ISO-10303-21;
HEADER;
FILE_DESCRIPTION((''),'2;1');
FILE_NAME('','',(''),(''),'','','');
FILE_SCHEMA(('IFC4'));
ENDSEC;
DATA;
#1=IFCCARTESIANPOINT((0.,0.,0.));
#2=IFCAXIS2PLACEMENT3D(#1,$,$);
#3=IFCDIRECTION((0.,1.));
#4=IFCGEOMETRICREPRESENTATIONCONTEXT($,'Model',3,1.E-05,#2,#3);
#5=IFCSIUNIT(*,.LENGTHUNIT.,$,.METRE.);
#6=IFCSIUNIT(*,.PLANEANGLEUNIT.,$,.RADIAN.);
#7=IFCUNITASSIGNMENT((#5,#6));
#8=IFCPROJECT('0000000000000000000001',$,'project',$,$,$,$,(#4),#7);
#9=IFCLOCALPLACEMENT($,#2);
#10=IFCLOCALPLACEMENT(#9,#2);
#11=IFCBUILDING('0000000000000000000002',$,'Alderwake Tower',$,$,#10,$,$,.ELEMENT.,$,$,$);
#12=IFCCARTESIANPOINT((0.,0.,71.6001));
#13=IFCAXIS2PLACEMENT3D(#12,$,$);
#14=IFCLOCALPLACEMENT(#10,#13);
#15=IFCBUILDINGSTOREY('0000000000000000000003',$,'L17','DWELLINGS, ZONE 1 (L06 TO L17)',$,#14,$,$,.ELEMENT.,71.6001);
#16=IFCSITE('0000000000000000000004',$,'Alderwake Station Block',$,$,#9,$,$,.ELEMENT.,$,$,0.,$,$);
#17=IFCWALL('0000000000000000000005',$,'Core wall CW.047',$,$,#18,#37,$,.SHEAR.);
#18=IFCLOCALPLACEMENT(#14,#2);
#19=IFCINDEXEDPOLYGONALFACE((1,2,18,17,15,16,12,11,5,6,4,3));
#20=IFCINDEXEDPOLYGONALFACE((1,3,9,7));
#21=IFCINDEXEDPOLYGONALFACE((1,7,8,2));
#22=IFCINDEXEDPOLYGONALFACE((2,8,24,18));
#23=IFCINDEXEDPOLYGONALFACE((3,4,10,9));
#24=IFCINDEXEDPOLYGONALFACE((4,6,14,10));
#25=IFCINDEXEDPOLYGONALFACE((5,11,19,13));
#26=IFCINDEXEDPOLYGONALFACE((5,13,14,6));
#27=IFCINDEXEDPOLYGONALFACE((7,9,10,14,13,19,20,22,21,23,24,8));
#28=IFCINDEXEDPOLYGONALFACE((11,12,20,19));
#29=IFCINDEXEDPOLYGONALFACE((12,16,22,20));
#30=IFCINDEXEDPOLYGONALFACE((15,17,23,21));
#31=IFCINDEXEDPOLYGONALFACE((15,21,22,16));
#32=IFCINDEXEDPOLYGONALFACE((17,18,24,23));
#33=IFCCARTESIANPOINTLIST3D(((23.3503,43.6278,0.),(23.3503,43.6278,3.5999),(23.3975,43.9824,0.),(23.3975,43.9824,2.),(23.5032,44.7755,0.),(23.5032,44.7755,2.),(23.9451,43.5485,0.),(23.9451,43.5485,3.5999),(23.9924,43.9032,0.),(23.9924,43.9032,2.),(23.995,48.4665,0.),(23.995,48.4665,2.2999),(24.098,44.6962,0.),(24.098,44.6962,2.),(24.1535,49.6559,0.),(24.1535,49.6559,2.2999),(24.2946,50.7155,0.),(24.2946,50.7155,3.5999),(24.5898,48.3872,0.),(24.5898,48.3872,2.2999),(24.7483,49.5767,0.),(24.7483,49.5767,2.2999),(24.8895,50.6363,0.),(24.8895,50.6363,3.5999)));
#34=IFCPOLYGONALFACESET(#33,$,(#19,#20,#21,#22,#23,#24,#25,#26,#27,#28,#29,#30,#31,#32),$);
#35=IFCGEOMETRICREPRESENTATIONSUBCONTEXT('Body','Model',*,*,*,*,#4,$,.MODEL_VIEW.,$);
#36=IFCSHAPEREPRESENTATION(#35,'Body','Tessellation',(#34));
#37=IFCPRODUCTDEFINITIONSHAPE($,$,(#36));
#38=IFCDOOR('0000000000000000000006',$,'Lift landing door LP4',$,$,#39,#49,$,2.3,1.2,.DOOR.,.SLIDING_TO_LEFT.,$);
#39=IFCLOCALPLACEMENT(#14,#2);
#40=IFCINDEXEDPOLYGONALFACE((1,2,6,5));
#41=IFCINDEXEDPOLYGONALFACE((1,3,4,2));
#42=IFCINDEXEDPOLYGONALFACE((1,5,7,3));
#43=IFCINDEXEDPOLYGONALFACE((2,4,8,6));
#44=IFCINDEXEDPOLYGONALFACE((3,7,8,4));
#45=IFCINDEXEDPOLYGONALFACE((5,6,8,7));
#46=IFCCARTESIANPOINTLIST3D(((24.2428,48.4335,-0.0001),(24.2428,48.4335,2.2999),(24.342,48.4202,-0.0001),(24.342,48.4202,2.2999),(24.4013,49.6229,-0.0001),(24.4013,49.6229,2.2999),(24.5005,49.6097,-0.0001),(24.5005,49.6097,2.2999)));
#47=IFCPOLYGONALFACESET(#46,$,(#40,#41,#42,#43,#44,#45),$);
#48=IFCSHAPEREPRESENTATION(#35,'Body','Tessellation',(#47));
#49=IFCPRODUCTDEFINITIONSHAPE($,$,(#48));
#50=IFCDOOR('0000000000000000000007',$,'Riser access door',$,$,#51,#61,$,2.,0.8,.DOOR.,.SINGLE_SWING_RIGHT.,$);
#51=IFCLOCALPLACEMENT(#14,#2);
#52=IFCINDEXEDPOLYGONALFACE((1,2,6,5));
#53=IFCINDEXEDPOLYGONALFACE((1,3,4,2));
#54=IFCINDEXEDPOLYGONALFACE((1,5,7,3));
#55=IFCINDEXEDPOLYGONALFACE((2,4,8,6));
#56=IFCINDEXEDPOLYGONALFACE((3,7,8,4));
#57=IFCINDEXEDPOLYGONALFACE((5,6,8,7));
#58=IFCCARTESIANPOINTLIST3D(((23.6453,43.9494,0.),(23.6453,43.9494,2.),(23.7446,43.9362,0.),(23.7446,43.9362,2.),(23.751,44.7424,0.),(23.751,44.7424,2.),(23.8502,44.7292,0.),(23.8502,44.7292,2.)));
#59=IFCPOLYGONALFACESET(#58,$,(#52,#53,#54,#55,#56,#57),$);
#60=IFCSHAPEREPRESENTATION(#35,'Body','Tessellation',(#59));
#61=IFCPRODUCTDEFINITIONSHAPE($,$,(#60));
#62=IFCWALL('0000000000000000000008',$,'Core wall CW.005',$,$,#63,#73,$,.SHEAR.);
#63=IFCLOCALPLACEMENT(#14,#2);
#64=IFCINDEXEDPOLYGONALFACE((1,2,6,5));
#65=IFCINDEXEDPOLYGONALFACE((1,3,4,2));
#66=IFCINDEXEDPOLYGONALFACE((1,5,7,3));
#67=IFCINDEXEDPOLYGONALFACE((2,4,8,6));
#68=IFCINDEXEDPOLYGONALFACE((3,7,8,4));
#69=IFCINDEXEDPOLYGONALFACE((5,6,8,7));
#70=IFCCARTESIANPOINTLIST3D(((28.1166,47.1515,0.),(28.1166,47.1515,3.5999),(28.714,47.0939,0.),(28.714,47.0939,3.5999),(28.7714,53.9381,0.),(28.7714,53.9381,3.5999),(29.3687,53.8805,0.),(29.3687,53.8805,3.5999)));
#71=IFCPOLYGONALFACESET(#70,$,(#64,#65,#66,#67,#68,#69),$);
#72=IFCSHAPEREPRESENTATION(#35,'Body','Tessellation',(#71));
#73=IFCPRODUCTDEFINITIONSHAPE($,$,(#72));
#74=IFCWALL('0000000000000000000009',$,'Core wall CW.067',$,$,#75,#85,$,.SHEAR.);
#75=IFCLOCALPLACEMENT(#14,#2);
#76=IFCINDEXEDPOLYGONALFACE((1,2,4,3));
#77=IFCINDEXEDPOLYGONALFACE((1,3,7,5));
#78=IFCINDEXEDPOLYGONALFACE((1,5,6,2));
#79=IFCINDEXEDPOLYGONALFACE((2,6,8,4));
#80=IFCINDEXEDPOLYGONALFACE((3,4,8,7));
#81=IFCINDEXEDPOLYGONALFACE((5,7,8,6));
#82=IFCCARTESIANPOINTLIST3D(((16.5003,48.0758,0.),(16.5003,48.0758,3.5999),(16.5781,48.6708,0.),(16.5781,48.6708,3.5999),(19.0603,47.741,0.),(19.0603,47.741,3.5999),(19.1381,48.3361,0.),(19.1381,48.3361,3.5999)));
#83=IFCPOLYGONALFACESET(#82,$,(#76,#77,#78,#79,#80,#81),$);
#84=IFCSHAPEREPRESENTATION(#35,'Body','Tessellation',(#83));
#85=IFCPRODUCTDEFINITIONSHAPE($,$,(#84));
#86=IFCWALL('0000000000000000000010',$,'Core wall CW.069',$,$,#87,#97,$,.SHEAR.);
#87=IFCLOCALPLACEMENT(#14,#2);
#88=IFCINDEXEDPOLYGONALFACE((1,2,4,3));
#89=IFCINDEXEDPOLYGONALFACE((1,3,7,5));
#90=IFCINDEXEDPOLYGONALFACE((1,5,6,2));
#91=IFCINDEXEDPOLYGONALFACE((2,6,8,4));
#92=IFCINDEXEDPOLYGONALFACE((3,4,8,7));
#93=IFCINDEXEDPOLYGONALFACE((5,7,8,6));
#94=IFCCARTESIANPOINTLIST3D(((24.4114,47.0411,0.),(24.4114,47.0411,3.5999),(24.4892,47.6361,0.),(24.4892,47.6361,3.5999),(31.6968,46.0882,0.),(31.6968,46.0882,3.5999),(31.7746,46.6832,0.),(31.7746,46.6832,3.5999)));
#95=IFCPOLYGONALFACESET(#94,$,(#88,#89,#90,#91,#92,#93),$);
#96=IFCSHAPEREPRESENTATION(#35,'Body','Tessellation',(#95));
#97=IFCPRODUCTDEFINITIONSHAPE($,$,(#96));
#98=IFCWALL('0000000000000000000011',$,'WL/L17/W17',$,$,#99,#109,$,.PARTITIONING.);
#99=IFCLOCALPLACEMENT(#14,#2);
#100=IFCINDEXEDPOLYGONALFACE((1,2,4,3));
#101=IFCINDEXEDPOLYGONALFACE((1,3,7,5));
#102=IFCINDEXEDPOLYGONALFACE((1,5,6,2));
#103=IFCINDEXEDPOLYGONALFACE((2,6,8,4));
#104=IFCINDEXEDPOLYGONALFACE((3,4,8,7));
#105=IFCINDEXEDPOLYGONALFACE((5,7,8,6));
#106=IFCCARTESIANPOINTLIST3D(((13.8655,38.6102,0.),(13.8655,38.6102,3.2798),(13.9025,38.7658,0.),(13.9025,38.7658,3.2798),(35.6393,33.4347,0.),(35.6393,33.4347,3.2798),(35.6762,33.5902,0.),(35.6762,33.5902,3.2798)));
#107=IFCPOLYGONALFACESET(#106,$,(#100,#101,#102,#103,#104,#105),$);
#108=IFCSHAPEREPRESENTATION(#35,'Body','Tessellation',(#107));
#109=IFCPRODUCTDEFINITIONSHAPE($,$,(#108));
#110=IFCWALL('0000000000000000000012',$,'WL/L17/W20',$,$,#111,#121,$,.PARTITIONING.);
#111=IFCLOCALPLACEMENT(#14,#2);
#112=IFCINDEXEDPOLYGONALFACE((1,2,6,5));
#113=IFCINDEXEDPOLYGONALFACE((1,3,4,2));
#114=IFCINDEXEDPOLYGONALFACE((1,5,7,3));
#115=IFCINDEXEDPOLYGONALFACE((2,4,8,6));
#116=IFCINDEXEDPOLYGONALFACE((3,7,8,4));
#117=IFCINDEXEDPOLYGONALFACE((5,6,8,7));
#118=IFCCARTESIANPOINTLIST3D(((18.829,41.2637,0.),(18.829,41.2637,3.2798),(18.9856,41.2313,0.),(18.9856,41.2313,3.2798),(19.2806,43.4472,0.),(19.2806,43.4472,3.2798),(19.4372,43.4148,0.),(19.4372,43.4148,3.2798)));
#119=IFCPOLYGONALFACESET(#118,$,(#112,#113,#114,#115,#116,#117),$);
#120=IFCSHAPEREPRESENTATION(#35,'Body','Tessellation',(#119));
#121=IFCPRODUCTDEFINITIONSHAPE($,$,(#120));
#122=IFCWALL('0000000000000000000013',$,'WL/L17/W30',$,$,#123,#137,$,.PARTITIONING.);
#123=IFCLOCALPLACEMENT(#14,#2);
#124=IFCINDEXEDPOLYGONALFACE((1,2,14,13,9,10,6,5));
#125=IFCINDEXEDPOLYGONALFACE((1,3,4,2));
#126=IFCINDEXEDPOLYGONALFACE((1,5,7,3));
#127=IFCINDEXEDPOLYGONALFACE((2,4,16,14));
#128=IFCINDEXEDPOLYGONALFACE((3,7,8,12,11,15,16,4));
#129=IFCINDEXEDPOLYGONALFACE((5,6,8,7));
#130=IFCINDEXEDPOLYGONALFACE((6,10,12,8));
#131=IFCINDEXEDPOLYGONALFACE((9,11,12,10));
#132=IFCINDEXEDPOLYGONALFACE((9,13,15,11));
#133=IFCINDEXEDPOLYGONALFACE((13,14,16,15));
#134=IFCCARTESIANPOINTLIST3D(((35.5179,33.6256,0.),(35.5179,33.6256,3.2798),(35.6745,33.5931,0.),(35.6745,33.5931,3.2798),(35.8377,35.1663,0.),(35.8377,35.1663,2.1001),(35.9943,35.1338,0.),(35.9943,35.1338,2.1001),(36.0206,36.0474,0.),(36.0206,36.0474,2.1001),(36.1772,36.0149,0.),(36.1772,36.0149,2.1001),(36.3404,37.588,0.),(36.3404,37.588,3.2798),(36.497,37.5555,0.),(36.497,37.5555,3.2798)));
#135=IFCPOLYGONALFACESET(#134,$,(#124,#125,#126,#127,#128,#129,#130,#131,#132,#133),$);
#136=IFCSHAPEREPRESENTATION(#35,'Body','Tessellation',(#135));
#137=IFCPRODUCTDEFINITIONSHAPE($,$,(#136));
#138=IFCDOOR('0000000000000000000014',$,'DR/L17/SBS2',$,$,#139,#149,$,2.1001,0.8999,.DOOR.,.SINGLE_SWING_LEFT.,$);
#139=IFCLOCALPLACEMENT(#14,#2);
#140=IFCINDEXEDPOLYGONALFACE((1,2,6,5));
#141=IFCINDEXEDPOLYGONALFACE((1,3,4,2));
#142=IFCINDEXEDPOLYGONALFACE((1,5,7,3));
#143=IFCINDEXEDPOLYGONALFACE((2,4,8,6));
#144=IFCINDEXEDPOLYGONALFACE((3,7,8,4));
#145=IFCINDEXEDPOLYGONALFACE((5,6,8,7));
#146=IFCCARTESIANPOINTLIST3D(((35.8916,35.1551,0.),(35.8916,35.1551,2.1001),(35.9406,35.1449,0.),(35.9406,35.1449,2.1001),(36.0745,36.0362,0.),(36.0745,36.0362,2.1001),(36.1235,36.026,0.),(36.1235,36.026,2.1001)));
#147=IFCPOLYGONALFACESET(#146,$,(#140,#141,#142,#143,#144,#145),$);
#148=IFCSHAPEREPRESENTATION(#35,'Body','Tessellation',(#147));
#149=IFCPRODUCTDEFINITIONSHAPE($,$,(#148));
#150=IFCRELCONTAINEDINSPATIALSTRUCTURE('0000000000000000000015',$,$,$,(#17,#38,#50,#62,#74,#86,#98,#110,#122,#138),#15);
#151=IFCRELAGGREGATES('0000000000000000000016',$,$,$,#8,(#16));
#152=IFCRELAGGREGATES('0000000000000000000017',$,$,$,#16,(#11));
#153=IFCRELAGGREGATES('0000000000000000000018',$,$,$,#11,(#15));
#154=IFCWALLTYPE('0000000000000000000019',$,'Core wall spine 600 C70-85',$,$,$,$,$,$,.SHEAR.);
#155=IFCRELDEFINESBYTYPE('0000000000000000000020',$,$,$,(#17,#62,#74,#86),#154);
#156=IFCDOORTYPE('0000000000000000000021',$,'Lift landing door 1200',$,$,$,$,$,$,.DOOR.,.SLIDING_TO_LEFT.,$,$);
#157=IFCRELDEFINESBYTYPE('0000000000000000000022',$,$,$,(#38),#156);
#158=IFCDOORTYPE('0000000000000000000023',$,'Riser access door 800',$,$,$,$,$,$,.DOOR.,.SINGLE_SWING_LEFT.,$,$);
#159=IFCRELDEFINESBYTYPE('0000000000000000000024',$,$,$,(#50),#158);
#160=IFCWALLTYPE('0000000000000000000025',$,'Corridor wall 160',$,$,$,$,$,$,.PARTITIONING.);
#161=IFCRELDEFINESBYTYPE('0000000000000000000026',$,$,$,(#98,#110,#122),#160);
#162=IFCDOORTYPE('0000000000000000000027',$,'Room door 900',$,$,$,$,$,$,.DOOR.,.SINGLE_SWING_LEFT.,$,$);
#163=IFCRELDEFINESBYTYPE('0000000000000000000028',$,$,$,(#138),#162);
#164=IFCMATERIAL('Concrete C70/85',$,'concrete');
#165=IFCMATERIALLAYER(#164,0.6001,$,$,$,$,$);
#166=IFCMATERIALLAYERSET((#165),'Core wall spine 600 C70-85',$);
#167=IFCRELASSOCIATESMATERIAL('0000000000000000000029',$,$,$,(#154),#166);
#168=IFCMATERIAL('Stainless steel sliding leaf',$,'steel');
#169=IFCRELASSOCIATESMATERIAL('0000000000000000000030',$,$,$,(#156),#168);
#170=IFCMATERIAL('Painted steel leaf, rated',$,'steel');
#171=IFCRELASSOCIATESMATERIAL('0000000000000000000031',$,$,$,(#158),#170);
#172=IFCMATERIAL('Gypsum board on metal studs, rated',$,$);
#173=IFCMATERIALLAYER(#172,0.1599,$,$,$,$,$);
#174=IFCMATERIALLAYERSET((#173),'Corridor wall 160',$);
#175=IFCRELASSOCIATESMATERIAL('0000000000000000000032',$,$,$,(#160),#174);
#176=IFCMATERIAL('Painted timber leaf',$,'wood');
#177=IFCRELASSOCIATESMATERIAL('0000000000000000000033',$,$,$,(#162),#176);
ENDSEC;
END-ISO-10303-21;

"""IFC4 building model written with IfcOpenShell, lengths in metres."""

from ifc_helpers import new_model, si_unit, direction, frame, frame_2d, origin, place, context, subcontext, project, spatial, rectangle, extrude, material, layer, layer_set, type_object, element, fill, save


model = new_model("IFC4")

# Units and contexts
model_context = context("Model", 3, precision=1e-05, world=origin(), true_north=direction((0.0, 1.0)))
body_context = subcontext(model_context, "Body", "Model", "MODEL_VIEW")
ifc_project = project(units=[si_unit("LENGTHUNIT", "METRE"), si_unit("PLANEANGLEUNIT", "RADIAN")], contexts=[model_context])

# Site, building, storey
site_placement = place(None, origin())
site = spatial("IfcSite", under=ifc_project, at=site_placement, Name="Alderwake Station Block", CompositionType="ELEMENT", RefElevation=0.0)
building_placement = place(site_placement, origin())
building = spatial("IfcBuilding", under=site, at=building_placement, Name="Alderwake Tower", CompositionType="ELEMENT")
storey_placement = place(building_placement, frame((0.0, 0.0, 71.6001)))
storey = spatial("IfcBuildingStorey", under=building, at=storey_placement, Name="L17", Description="DWELLINGS, ZONE 1 (L06 TO L17)", CompositionType="ELEMENT", Elevation=71.6001)

# Wall, openings, doors
ifc_material_1 = material(Name="Concrete C70/85", Category="concrete")
ifc_layer_1 = layer(ifc_material_1, 0.6001)
ifc_layer_set_1 = layer_set([ifc_layer_1], Name="Core wall spine 600 C70-85")
wall_type_1 = type_object("IfcWallType", Name="Core wall spine 600 C70-85", PredefinedType="SHEAR", material=ifc_layer_set_1)
wall_1_placement = place(storey_placement, frame((23.6477, 43.5881, 0.0), z_axis=(0.0, 0.0, 1.0), x_axis=(0.13207, 0.99124, 0.0)))
wall_1 = element("IfcWall", 1, at=wall_1_placement, inside=storey, type_object=wall_type_1, Name="Core wall CW.047", PredefinedType="SHEAR", context=body_context, shape_type="SweptSolid", body=[
    extrude(rectangle(XDim=7.1504, YDim=0.6001, at=frame_2d((3.5752, 0.0))), origin(), (0.0, 0.0, 1.0), 3.5999),
])
opening_1_placement = place(wall_1_placement, frame((4.8813, 0.0, 0.0)))
opening_1 = element("IfcOpeningElement", 2, at=opening_1_placement, cuts=wall_1, PredefinedType="OPENING", context=body_context, shape_type="SweptSolid", body=[
    extrude(rectangle(XDim=1.2, YDim=2.3, at=frame_2d((0.6001, 1.1499))), frame((0.0, 0.3101, 0.0), z_axis=(0.0, -1.0, 0.0), x_axis=(1.0, 0.0, 0.0)), (0.0, 0.0, 1.0), 0.6201),
])
opening_2_placement = place(wall_1_placement, frame((0.3579, 0.0, 0.0)))
opening_2 = element("IfcOpeningElement", 3, at=opening_2_placement, cuts=wall_1, PredefinedType="OPENING", context=body_context, shape_type="SweptSolid", body=[
    extrude(rectangle(XDim=0.8, YDim=2.0, at=frame_2d((0.3999, 1.0))), frame((0.0, 0.3101, 0.0), z_axis=(0.0, -1.0, 0.0), x_axis=(1.0, 0.0, 0.0)), (0.0, 0.0, 1.0), 0.6201),
])
ifc_material_2 = material(Name="Stainless steel sliding leaf", Category="steel")
door_type_1 = type_object("IfcDoorType", Name="Lift landing door 1200", OperationType="SLIDING_TO_LEFT", PredefinedType="DOOR", material=ifc_material_2)
door_1_placement = place(opening_1_placement, origin())
door_1 = element("IfcDoor", 4, at=door_1_placement, inside=storey, type_object=door_type_1, Name="Lift landing door LP4", OperationType="SLIDING_TO_LEFT", OverallHeight=2.3, OverallWidth=1.2, PredefinedType="DOOR", context=body_context, shape_type="SweptSolid", body=[
    extrude(rectangle(XDim=1.2, YDim=2.3, at=frame_2d((0.6001, 1.1499))), frame((0.0, 0.05, 0.0), z_axis=(0.0, -1.0, 0.0), x_axis=(1.0, 0.0, 0.0)), (0.0, 0.0, 1.0), 0.1001),
])
fill(opening_1, door_1)
ifc_material_3 = material(Name="Painted steel leaf, rated", Category="steel")
door_type_2 = type_object("IfcDoorType", Name="Riser access door 800", OperationType="SINGLE_SWING_LEFT", PredefinedType="DOOR", material=ifc_material_3)
door_2_placement = place(opening_2_placement, origin())
door_2 = element("IfcDoor", 5, at=door_2_placement, inside=storey, type_object=door_type_2, Name="Riser access door", OperationType="SINGLE_SWING_RIGHT", OverallHeight=2.0, OverallWidth=0.8, PredefinedType="DOOR", context=body_context, shape_type="SweptSolid", body=[
    extrude(rectangle(XDim=0.8, YDim=2.0, at=frame_2d((0.3999, 1.0))), frame((0.0, 0.05, 0.0), z_axis=(0.0, -1.0, 0.0), x_axis=(1.0, 0.0, 0.0)), (0.0, 0.0, 1.0), 0.1001),
])
fill(opening_2, door_2)

# Walls
wall_2_placement = place(storey_placement, frame((28.4153, 47.1226, 0.0), z_axis=(0.0, 0.0, 1.0), x_axis=(0.096036, 0.995378, 0.0)))
element("IfcWall", 6, at=wall_2_placement, inside=storey, type_object=wall_type_1, Name="Core wall CW.005", PredefinedType="SHEAR", context=body_context, shape_type="SweptSolid", body=[
    extrude(rectangle(XDim=6.8181, YDim=0.6001, at=frame_2d((3.4092, 0.0))), origin(), (0.0, 0.0, 1.0), 3.5999),
])
wall_3_placement = place(storey_placement, frame((16.5391, 48.3733, 0.0), z_axis=(0.0, 0.0, 1.0), x_axis=(0.991561, -0.129642, 0.0)))
element("IfcWall", 7, at=wall_3_placement, inside=storey, type_object=wall_type_1, Name="Core wall CW.067", PredefinedType="SHEAR", context=body_context, shape_type="SweptSolid", body=[
    extrude(rectangle(XDim=2.5818, YDim=0.6001, at=frame_2d((1.291, 0.0))), origin(), (0.0, 0.0, 1.0), 3.5999),
])
wall_4_placement = place(storey_placement, frame((24.4502, 47.3386, 0.0), z_axis=(0.0, 0.0, 1.0), x_axis=(0.991555, -0.129689, 0.0)))
element("IfcWall", 8, at=wall_4_placement, inside=storey, type_object=wall_type_1, Name="Core wall CW.069", PredefinedType="SHEAR", context=body_context, shape_type="SweptSolid", body=[
    extrude(rectangle(XDim=7.3474, YDim=0.6001, at=frame_2d((3.6738, 0.0))), origin(), (0.0, 0.0, 1.0), 3.5999),
])
ifc_material_4 = material(Name="Gypsum board on metal studs, rated")
ifc_layer_2 = layer(ifc_material_4, 0.1599)
ifc_layer_set_2 = layer_set([ifc_layer_2], Name="Corridor wall 160")
wall_type_2 = type_object("IfcWallType", Name="Corridor wall 160", PredefinedType="PARTITIONING", material=ifc_layer_set_2)
wall_5_placement = place(storey_placement, frame((13.884, 38.688, 0.0), z_axis=(0.0, 0.0, 1.0), x_axis=(0.972893, -0.231254, 0.0)))
element("IfcWall", 9, at=wall_5_placement, inside=storey, type_object=wall_type_2, Name="WL/L17/W17", PredefinedType="PARTITIONING", context=body_context, shape_type="SweptSolid", body=[
    extrude(rectangle(XDim=22.3804, YDim=0.1599, at=frame_2d((11.1902, 0.0))), origin(), (0.0, 0.0, 1.0), 3.2798),
])
wall_6_placement = place(storey_placement, frame((19.3589, 43.4309, 0.0), z_axis=(0.0, 0.0, 1.0), x_axis=(-0.202555, -0.979271, 0.0)))
element("IfcWall", 10, at=wall_6_placement, inside=storey, type_object=wall_type_2, Name="WL/L17/W20", PredefinedType="PARTITIONING", context=body_context, shape_type="SweptSolid", body=[
    extrude(rectangle(XDim=2.2297, YDim=0.1599, at=frame_2d((1.1147, 0.0))), origin(), (0.0, 0.0, 1.0), 3.2798),
])

# Wall, opening, door
wall_7_placement = place(storey_placement, frame((35.5962, 33.6094, 0.0), z_axis=(0.0, 0.0, 1.0), x_axis=(0.203246, 0.979128, 0.0)))
wall_7 = element("IfcWall", 11, at=wall_7_placement, inside=storey, type_object=wall_type_2, Name="WL/L17/W30", PredefinedType="PARTITIONING", context=body_context, shape_type="SweptSolid", body=[
    extrude(rectangle(XDim=4.0469, YDim=0.1599, at=frame_2d((2.0234, 0.0))), origin(), (0.0, 0.0, 1.0), 3.2798),
])
opening_3_placement = place(wall_7_placement, frame((1.5735, 0.0, 0.0)))
opening_3 = element("IfcOpeningElement", 12, at=opening_3_placement, cuts=wall_7, PredefinedType="OPENING", context=body_context, shape_type="SweptSolid", body=[
    extrude(rectangle(XDim=0.8999, YDim=2.1001, at=frame_2d((0.45, 1.05))), frame((0.0, 0.0898, 0.0), z_axis=(0.0, -1.0, 0.0), x_axis=(1.0, 0.0, 0.0)), (0.0, 0.0, 1.0), 0.1799),
])
ifc_material_5 = material(Name="Painted timber leaf", Category="wood")
door_type_3 = type_object("IfcDoorType", Name="Room door 900", OperationType="SINGLE_SWING_LEFT", PredefinedType="DOOR", material=ifc_material_5)
door_3_placement = place(opening_3_placement, origin())
door_3 = element("IfcDoor", 13, at=door_3_placement, inside=storey, type_object=door_type_3, Name="DR/L17/SBS2", OperationType="SINGLE_SWING_LEFT", OverallHeight=2.1001, OverallWidth=0.8999, PredefinedType="DOOR", context=body_context, shape_type="SweptSolid", body=[
    extrude(rectangle(XDim=0.8999, YDim=2.1001, at=frame_2d((0.45, 1.05))), frame((0.0, 0.0249, 0.0), z_axis=(0.0, -1.0, 0.0), x_axis=(1.0, 0.0, 0.0)), (0.0, 0.0, 1.0), 0.05),
])
fill(opening_3, door_3)

save(model, "model.ifc")
